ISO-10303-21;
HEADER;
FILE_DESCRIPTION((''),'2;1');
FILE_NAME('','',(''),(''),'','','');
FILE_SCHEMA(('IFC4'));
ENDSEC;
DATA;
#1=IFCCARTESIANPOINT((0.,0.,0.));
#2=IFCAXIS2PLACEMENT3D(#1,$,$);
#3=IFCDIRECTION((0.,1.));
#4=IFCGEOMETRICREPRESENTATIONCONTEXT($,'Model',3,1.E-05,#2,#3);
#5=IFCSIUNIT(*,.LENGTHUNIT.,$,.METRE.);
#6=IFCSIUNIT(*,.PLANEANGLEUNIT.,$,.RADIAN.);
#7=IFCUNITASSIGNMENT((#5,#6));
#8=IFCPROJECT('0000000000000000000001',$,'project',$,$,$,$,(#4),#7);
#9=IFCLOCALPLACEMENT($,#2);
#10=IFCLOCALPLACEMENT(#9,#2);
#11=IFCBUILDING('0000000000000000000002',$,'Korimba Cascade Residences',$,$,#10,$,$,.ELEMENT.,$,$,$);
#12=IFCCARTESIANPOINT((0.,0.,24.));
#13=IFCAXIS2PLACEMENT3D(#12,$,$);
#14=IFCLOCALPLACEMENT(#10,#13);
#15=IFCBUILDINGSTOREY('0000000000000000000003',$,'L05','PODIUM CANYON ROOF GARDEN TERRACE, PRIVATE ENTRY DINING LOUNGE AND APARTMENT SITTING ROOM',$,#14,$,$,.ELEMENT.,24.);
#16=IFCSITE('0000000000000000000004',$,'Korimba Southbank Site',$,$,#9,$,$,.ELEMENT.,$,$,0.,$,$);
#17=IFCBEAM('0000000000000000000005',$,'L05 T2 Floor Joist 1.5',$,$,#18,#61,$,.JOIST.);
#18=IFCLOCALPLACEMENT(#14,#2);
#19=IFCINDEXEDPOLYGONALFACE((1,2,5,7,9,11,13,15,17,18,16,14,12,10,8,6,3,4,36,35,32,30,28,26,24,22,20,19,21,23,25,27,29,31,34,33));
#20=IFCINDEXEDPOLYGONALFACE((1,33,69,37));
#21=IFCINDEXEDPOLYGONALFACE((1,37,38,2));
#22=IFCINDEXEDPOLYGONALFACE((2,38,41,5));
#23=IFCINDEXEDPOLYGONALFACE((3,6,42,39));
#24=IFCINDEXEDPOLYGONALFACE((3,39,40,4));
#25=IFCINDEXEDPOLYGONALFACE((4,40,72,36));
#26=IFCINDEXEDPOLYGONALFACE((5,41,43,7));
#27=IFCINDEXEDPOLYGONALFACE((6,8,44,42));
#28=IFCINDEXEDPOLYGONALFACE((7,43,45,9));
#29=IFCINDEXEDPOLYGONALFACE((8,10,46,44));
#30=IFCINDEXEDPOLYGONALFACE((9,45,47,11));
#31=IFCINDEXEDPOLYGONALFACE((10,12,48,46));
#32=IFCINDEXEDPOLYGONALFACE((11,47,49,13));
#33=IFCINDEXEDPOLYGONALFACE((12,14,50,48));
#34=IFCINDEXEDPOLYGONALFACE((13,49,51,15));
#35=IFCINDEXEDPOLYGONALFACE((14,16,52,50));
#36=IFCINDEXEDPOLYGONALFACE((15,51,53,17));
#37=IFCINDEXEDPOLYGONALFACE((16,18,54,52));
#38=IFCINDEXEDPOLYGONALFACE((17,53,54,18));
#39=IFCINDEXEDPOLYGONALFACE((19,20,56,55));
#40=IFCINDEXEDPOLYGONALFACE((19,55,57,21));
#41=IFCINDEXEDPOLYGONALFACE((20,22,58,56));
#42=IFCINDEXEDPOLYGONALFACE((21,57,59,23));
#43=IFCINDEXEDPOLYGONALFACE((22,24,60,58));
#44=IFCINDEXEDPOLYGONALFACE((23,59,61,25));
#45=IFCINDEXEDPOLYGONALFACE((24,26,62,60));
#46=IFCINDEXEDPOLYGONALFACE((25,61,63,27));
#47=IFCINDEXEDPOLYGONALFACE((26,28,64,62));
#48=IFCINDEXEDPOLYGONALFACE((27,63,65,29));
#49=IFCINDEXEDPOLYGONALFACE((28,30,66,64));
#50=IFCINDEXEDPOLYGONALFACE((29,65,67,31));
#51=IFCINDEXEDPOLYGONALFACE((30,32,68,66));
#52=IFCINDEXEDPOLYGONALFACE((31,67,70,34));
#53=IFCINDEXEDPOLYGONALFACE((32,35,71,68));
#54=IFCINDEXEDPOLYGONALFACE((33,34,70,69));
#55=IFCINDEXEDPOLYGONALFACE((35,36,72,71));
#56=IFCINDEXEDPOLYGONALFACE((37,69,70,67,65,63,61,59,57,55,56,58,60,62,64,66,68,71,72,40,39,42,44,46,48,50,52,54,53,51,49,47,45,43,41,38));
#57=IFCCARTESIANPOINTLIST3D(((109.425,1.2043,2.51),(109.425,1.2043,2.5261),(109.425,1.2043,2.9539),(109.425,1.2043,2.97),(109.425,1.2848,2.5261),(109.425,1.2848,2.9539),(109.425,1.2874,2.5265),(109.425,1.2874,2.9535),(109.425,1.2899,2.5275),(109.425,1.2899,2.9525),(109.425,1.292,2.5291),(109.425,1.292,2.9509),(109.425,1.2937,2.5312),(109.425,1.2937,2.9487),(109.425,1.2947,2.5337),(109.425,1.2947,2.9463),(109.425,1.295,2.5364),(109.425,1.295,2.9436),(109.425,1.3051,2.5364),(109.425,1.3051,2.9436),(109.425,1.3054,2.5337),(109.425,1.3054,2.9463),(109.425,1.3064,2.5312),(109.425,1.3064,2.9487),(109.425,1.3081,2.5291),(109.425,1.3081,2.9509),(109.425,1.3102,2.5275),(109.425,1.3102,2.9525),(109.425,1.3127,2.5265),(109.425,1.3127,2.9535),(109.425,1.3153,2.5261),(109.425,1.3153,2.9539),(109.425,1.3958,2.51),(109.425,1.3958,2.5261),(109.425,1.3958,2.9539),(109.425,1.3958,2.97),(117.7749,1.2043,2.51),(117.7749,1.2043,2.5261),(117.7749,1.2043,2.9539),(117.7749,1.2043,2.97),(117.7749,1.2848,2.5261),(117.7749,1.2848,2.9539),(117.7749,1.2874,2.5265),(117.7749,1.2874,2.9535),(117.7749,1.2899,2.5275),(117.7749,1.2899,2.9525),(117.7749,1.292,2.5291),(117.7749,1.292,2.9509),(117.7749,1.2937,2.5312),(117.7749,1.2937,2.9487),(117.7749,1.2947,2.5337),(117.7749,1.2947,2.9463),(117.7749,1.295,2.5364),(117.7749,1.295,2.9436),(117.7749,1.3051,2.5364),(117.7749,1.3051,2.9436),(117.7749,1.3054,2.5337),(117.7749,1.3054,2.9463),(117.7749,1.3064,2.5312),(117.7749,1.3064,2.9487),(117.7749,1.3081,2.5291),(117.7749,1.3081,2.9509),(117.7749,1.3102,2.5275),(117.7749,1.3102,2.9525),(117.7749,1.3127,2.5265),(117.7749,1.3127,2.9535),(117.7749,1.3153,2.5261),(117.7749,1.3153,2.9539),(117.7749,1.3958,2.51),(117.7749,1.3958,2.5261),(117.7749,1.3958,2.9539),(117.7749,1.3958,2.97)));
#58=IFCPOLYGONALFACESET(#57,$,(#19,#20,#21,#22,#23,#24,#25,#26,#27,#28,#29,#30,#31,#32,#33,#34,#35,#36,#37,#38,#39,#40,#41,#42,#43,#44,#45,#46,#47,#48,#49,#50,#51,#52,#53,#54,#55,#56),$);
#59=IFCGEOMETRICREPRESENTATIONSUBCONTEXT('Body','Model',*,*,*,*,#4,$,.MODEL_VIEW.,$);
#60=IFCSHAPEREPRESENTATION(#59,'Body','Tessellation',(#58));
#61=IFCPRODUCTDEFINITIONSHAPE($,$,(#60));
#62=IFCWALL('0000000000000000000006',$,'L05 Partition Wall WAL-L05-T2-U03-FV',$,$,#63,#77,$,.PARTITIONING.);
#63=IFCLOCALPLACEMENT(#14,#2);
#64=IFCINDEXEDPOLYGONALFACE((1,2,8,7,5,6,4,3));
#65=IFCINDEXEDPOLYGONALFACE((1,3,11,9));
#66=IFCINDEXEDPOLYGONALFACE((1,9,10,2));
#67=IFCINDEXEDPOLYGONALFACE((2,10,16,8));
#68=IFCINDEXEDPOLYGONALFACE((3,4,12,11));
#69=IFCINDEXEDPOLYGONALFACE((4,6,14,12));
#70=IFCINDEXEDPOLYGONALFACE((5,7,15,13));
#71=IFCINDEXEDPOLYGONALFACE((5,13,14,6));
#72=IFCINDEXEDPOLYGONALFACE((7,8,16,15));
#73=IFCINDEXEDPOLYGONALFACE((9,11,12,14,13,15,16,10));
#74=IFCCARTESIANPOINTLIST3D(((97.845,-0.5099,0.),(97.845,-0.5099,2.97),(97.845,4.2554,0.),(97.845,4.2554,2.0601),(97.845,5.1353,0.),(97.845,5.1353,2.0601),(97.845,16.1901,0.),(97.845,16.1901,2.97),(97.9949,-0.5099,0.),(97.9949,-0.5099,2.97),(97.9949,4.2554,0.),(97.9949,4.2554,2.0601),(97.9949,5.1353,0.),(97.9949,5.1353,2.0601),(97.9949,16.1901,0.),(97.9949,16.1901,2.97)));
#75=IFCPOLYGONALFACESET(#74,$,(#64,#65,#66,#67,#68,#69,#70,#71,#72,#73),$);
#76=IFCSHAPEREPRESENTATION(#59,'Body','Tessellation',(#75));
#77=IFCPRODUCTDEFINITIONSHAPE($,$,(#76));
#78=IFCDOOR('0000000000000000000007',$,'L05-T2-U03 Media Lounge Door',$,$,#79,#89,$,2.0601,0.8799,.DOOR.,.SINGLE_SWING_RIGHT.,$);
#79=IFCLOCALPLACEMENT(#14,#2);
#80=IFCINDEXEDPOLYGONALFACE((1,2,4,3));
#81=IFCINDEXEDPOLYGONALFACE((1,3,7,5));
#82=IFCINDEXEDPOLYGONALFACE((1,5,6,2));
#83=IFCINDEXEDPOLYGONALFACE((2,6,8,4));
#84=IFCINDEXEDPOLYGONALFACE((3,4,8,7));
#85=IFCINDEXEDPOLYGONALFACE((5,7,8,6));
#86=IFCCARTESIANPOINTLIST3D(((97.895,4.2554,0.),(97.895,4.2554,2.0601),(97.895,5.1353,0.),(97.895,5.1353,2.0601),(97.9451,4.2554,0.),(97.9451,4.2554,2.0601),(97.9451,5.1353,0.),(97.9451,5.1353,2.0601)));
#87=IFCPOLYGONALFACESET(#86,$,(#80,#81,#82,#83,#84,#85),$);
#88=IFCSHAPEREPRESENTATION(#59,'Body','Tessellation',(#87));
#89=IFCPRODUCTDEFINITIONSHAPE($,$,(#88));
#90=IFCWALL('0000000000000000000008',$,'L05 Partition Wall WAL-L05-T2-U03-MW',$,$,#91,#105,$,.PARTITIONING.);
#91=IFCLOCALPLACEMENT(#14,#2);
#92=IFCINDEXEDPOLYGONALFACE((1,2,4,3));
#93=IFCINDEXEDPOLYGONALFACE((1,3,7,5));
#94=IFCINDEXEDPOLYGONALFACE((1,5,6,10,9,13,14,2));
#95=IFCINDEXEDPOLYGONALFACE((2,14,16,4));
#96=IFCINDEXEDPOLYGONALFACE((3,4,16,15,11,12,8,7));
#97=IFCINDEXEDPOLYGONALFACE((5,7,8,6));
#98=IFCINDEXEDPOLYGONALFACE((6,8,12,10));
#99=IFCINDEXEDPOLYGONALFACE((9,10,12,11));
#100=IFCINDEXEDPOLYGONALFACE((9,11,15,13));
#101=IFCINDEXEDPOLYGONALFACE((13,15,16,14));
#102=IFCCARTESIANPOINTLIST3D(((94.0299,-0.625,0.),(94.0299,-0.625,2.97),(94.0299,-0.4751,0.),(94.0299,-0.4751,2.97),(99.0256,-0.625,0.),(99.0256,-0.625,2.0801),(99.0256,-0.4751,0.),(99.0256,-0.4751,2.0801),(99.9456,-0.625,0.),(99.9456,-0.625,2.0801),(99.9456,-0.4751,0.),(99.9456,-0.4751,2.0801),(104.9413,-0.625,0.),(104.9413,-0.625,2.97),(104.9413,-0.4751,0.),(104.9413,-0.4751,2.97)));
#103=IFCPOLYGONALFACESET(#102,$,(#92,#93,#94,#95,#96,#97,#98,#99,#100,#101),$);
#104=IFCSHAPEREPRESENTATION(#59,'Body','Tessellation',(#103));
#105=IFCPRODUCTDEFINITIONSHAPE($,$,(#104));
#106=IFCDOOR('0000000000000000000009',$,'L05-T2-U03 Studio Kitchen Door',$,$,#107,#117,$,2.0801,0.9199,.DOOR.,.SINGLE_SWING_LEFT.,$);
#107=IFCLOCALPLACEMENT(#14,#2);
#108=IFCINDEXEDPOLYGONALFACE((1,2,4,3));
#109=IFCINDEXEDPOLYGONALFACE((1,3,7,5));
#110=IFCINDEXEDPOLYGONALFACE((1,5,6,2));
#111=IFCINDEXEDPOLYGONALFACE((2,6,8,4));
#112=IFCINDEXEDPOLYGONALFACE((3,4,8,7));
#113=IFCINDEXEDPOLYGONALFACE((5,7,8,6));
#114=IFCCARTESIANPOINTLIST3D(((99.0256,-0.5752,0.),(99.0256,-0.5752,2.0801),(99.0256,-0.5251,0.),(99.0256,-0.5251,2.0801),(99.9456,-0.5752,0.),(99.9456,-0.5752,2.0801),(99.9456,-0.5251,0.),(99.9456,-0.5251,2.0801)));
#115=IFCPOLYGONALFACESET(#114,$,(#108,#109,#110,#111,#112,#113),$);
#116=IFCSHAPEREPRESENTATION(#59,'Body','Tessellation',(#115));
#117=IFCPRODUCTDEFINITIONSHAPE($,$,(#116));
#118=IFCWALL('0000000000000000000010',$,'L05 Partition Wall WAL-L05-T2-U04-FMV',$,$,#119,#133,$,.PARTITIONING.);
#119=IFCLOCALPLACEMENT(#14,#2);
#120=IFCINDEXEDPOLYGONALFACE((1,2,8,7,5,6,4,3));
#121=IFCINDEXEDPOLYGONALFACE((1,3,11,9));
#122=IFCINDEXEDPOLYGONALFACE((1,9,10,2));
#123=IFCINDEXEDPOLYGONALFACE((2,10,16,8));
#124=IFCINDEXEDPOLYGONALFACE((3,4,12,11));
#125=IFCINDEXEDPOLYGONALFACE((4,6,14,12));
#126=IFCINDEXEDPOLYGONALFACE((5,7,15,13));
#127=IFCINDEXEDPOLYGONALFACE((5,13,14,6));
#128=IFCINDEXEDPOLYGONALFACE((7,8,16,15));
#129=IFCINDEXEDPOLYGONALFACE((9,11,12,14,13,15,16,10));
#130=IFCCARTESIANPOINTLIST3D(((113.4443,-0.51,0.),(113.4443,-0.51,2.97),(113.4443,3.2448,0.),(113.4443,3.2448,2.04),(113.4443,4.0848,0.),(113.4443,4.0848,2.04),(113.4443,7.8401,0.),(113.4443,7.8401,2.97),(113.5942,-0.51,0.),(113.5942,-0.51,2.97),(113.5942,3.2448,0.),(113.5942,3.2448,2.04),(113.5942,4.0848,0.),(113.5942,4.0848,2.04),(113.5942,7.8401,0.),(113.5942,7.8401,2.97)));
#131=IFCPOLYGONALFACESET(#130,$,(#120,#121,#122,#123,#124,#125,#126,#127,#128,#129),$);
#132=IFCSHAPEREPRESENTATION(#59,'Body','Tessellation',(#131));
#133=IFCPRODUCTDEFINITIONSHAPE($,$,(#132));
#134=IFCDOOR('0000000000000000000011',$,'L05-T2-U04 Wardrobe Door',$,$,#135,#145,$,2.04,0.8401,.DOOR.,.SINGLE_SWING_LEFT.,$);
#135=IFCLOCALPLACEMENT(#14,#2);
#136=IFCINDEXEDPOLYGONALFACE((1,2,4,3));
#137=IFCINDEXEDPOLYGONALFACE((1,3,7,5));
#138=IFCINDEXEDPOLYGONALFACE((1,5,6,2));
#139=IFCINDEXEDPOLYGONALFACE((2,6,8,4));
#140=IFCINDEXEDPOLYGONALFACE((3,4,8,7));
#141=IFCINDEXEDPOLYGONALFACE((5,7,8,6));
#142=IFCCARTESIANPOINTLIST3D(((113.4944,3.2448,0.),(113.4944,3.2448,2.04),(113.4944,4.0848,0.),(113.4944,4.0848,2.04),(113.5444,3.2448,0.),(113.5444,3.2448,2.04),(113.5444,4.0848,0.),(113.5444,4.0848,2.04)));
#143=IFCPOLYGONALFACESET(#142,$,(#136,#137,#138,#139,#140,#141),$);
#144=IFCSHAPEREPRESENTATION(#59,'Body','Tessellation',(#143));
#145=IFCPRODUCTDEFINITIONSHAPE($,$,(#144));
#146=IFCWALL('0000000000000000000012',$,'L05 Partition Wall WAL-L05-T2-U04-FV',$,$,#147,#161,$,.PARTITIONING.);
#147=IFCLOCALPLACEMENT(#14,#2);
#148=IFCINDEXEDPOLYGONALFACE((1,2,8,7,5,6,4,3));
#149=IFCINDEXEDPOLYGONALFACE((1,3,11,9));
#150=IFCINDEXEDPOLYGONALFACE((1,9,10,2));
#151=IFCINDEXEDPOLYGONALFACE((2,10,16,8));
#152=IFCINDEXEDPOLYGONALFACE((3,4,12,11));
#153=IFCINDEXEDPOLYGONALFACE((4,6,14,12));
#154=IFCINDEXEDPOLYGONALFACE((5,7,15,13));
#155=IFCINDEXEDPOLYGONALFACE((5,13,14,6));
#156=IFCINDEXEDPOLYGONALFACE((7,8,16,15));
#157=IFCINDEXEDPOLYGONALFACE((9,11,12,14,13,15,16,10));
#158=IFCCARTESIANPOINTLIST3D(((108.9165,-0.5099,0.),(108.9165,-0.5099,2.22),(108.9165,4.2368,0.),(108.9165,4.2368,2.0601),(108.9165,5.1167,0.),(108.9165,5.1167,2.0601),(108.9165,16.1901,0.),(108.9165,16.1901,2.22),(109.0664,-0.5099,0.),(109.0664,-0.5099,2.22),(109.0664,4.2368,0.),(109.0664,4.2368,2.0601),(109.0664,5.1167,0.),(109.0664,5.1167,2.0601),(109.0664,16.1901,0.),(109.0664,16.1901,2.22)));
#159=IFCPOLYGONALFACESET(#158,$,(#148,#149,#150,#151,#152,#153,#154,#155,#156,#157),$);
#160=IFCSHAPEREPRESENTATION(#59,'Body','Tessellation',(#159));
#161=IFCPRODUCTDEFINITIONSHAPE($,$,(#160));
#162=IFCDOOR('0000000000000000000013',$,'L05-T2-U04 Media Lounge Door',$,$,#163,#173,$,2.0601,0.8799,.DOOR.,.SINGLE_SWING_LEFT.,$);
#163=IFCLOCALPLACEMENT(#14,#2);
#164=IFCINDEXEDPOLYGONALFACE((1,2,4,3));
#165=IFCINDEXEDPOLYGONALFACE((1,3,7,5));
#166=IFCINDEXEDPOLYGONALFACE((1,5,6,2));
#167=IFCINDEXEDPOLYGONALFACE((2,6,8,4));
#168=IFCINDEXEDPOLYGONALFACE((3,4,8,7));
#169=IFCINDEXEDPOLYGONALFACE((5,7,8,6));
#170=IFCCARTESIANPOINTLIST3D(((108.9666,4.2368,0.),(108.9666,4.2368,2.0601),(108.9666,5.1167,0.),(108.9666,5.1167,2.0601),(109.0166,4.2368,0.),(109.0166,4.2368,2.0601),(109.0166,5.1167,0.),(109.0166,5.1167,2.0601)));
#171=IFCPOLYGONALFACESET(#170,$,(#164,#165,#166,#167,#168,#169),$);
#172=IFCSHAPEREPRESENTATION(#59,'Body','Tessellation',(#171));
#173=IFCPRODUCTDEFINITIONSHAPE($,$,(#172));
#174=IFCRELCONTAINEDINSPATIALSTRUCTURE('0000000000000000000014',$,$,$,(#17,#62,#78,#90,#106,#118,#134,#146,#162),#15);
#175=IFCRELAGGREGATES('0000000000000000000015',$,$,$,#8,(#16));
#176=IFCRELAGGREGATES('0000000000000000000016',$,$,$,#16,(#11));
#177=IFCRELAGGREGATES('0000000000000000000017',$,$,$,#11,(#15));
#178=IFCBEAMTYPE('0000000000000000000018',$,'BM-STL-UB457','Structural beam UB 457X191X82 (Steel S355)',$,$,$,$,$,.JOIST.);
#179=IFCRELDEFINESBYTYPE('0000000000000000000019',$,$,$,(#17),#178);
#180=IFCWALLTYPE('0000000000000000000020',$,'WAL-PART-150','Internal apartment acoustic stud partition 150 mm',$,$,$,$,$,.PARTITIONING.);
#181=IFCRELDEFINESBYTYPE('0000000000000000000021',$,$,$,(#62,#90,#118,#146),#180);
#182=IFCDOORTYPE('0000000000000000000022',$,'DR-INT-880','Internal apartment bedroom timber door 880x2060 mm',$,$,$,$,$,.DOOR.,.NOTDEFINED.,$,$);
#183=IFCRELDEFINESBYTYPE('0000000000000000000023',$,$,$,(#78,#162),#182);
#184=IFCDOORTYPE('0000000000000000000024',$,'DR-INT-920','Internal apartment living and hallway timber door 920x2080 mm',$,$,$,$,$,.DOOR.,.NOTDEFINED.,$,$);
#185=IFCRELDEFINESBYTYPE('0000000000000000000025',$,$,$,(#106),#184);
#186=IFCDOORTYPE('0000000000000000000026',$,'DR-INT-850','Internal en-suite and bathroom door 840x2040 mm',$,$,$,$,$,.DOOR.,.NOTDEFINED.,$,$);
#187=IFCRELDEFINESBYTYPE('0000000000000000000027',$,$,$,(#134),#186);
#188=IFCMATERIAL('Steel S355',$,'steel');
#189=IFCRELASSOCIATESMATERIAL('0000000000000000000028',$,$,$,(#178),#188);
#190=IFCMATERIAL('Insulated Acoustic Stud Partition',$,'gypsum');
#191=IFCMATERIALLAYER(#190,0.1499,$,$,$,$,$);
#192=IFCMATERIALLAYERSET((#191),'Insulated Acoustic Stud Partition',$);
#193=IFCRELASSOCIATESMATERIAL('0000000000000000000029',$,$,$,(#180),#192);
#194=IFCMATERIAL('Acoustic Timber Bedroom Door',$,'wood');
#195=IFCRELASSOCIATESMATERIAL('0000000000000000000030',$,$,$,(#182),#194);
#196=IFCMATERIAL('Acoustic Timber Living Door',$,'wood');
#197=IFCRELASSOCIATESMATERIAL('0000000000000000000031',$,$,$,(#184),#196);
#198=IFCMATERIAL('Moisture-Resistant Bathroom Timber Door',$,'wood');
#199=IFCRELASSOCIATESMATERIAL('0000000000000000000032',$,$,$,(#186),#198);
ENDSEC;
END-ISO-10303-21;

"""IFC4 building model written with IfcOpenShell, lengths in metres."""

from ifc_helpers import new_model, si_unit, direction, frame, frame_2d, origin, origin_2d, place, context, subcontext, project, spatial, rectangle, i_section, extrude, material, layer, layer_set, material_profile, profile_set, type_object, element, fill, save


model = new_model("IFC4")

# Units and contexts
model_context = context("Model", 3, precision=1e-05, world=origin(), true_north=direction((0.0, 1.0)))
body_context = subcontext(model_context, "Body", "Model", "MODEL_VIEW")
ifc_project = project(units=[si_unit("LENGTHUNIT", "METRE"), si_unit("PLANEANGLEUNIT", "RADIAN")], contexts=[model_context])

# Site, building, storey
site_placement = place(None, origin())
site = spatial("IfcSite", under=ifc_project, at=site_placement, Name="Korimba Southbank Site", CompositionType="ELEMENT", RefElevation=0.0)
building_placement = place(site_placement, origin())
building = spatial("IfcBuilding", under=site, at=building_placement, Name="Korimba Cascade Residences", CompositionType="ELEMENT")
storey_placement = place(building_placement, frame((0.0, 0.0, 24.0)))
storey = spatial("IfcBuildingStorey", under=building, at=storey_placement, Name="L05", Description="PODIUM CANYON ROOF GARDEN TERRACE, PRIVATE ENTRY DINING LOUNGE AND APARTMENT SITTING ROOM", CompositionType="ELEMENT", Elevation=24.0)

# Beam
ifc_material_1 = material(Name="Steel S355", Category="steel")
ifc_material_profile_1 = material_profile(ifc_material_1, i_section(OverallWidth=0.1914, OverallDepth=0.46, WebThickness=0.01, FlangeThickness=0.0161, FilletRadius=0.0103, at=origin_2d()), Name="Steel S355")
ifc_profile_set_1 = profile_set([ifc_material_profile_1], Name="Steel S355")
beam_type_1 = type_object("IfcBeamType", Name="BM-STL-UB457", Description="Structural beam UB 457X191X82 (Steel S355)", PredefinedType="JOIST", material=ifc_profile_set_1)
for number, where, z_axis, x_axis, name in (
    (1, (109.425, 1.3, 2.74), (1.0, 0.0, 0.0), (0.0, 1.0, 0.0), "L05 T2 Floor Joist 1.5"),
):
    element("IfcBeam", number, at=place(storey_placement, frame(where, z_axis=z_axis, x_axis=x_axis)), inside=storey, type_object=beam_type_1, Name=name, PredefinedType="JOIST", context=body_context, shape_type="SweptSolid", body=[
        extrude(i_section(OverallWidth=0.1914, OverallDepth=0.46, WebThickness=0.01, FlangeThickness=0.0161, FilletRadius=0.0103, at=origin_2d()), origin(), (0.0, 0.0, 1.0), 8.3499),
    ])

# Walls, openings, doors
ifc_material_2 = material(Name="Insulated Acoustic Stud Partition", Category="gypsum")
ifc_layer = layer(ifc_material_2, 0.1499)
ifc_layer_set = layer_set([ifc_layer], Name="Insulated Acoustic Stud Partition")
wall_type = type_object("IfcWallType", Name="WAL-PART-150", Description="Internal apartment acoustic stud partition 150 mm", PredefinedType="PARTITIONING", material=ifc_layer_set)
wall_1_placement = place(storey_placement, frame((97.9199, -0.51, 0.0), z_axis=(0.0, 0.0, 1.0), x_axis=(0.0, 1.0, 0.0)))
wall_1 = element("IfcWall", 2, at=wall_1_placement, inside=storey, type_object=wall_type, Name="L05 Partition Wall WAL-L05-T2-U03-FV", PredefinedType="PARTITIONING", context=body_context, shape_type="SweptSolid", body=[
    extrude(rectangle(XDim=16.7, YDim=0.1499, at=frame_2d((8.3501, 0.0))), origin(), (0.0, 0.0, 1.0), 2.97),
])
opening_1_placement = place(wall_1_placement, frame((4.7654, 0.0, 0.0)))
opening_1 = element("IfcOpeningElement", 3, at=opening_1_placement, cuts=wall_1, PredefinedType="OPENING", context=body_context, shape_type="SweptSolid", body=[
    extrude(rectangle(XDim=0.8799, YDim=2.0601, at=frame_2d((0.4399, 1.03))), frame((0.0, 0.085, 0.0), z_axis=(0.0, -1.0, 0.0), x_axis=(1.0, 0.0, 0.0)), (0.0, 0.0, 1.0), 0.1699),
])
ifc_material_3 = material(Name="Acoustic Timber Bedroom Door", Category="wood")
door_type_1 = type_object("IfcDoorType", Name="DR-INT-880", Description="Internal apartment bedroom timber door 880x2060 mm", OperationType="NOTDEFINED", PredefinedType="DOOR", material=ifc_material_3)
door_1_placement = place(opening_1_placement, origin())
door_1 = element("IfcDoor", 4, at=door_1_placement, inside=storey, type_object=door_type_1, Name="L05-T2-U03 Media Lounge Door", OperationType="SINGLE_SWING_RIGHT", OverallHeight=2.0601, OverallWidth=0.8799, PredefinedType="DOOR", context=body_context, shape_type="SweptSolid", body=[
    extrude(rectangle(XDim=0.8799, YDim=2.0601, at=frame_2d((0.4399, 1.03))), frame((0.0, 0.0249, 0.0), z_axis=(0.0, -1.0, 0.0), x_axis=(1.0, 0.0, 0.0)), (0.0, 0.0, 1.0), 0.05),
])
fill(opening_1, door_1)
wall_2_placement = place(storey_placement, frame((94.03, -0.55, 0.0), z_axis=(0.0, 0.0, 1.0), x_axis=(1.0, 0.0, 0.0)))
wall_2 = element("IfcWall", 5, at=wall_2_placement, inside=storey, type_object=wall_type, Name="L05 Partition Wall WAL-L05-T2-U03-MW", PredefinedType="PARTITIONING", context=body_context, shape_type="SweptSolid", body=[
    extrude(rectangle(XDim=10.9114, YDim=0.1499, at=frame_2d((5.4556, 0.0))), origin(), (0.0, 0.0, 1.0), 2.97),
])
opening_2_placement = place(wall_2_placement, frame((4.9956, 0.0, 0.0)))
opening_2 = element("IfcOpeningElement", 6, at=opening_2_placement, cuts=wall_2, PredefinedType="OPENING", context=body_context, shape_type="SweptSolid", body=[
    extrude(rectangle(XDim=0.9199, YDim=2.0801, at=frame_2d((0.46, 1.04))), frame((0.0, 0.085, 0.0), z_axis=(0.0, -1.0, 0.0), x_axis=(1.0, 0.0, 0.0)), (0.0, 0.0, 1.0), 0.1699),
])
ifc_material_4 = material(Name="Acoustic Timber Living Door", Category="wood")
door_type_2 = type_object("IfcDoorType", Name="DR-INT-920", Description="Internal apartment living and hallway timber door 920x2080 mm", OperationType="NOTDEFINED", PredefinedType="DOOR", material=ifc_material_4)
door_2_placement = place(opening_2_placement, origin())
door_2 = element("IfcDoor", 7, at=door_2_placement, inside=storey, type_object=door_type_2, Name="L05-T2-U03 Studio Kitchen Door", OperationType="SINGLE_SWING_LEFT", OverallHeight=2.0801, OverallWidth=0.9199, PredefinedType="DOOR", context=body_context, shape_type="SweptSolid", body=[
    extrude(rectangle(XDim=0.9199, YDim=2.0801, at=frame_2d((0.46, 1.04))), frame((0.0, 0.0249, 0.0), z_axis=(0.0, -1.0, 0.0), x_axis=(1.0, 0.0, 0.0)), (0.0, 0.0, 1.0), 0.05),
])
fill(opening_2, door_2)
wall_3_placement = place(storey_placement, frame((113.5193, -0.51, 0.0), z_axis=(0.0, 0.0, 1.0), x_axis=(0.0, 1.0, 0.0)))
wall_3 = element("IfcWall", 8, at=wall_3_placement, inside=storey, type_object=wall_type, Name="L05 Partition Wall WAL-L05-T2-U04-FMV", PredefinedType="PARTITIONING", context=body_context, shape_type="SweptSolid", body=[
    extrude(rectangle(XDim=8.3501, YDim=0.1499, at=frame_2d((4.175, 0.0))), origin(), (0.0, 0.0, 1.0), 2.97),
])
opening_3_placement = place(wall_3_placement, frame((3.7549, 0.0, 0.0)))
opening_3 = element("IfcOpeningElement", 9, at=opening_3_placement, cuts=wall_3, PredefinedType="OPENING", context=body_context, shape_type="SweptSolid", body=[
    extrude(rectangle(XDim=0.8401, YDim=2.04, at=frame_2d((0.4199, 1.02))), frame((0.0, 0.085, 0.0), z_axis=(0.0, -1.0, 0.0), x_axis=(1.0, 0.0, 0.0)), (0.0, 0.0, 1.0), 0.1699),
])
ifc_material_5 = material(Name="Moisture-Resistant Bathroom Timber Door", Category="wood")
door_type_3 = type_object("IfcDoorType", Name="DR-INT-850", Description="Internal en-suite and bathroom door 840x2040 mm", OperationType="NOTDEFINED", PredefinedType="DOOR", material=ifc_material_5)
door_3_placement = place(opening_3_placement, origin())
door_3 = element("IfcDoor", 10, at=door_3_placement, inside=storey, type_object=door_type_3, Name="L05-T2-U04 Wardrobe Door", OperationType="SINGLE_SWING_LEFT", OverallHeight=2.04, OverallWidth=0.8401, PredefinedType="DOOR", context=body_context, shape_type="SweptSolid", body=[
    extrude(rectangle(XDim=0.8401, YDim=2.04, at=frame_2d((0.4199, 1.02))), frame((0.0, 0.0249, 0.0), z_axis=(0.0, -1.0, 0.0), x_axis=(1.0, 0.0, 0.0)), (0.0, 0.0, 1.0), 0.05),
])
fill(opening_3, door_3)
wall_4_placement = place(storey_placement, frame((108.9915, -0.51, 0.0), z_axis=(0.0, 0.0, 1.0), x_axis=(0.0, 1.0, 0.0)))
wall_4 = element("IfcWall", 11, at=wall_4_placement, inside=storey, type_object=wall_type, Name="L05 Partition Wall WAL-L05-T2-U04-FV", PredefinedType="PARTITIONING", context=body_context, shape_type="SweptSolid", body=[
    extrude(rectangle(XDim=16.7, YDim=0.1499, at=frame_2d((8.3501, 0.0))), origin(), (0.0, 0.0, 1.0), 2.22),
])
opening_4_placement = place(wall_4_placement, frame((4.7468, 0.0, 0.0)))
opening_4 = element("IfcOpeningElement", 12, at=opening_4_placement, cuts=wall_4, PredefinedType="OPENING", context=body_context, shape_type="SweptSolid", body=[
    extrude(rectangle(XDim=0.8799, YDim=2.0601, at=frame_2d((0.4399, 1.03))), frame((0.0, 0.085, 0.0), z_axis=(0.0, -1.0, 0.0), x_axis=(1.0, 0.0, 0.0)), (0.0, 0.0, 1.0), 0.1699),
])
door_4_placement = place(opening_4_placement, origin())
door_4 = element("IfcDoor", 13, at=door_4_placement, inside=storey, type_object=door_type_1, Name="L05-T2-U04 Media Lounge Door", OperationType="SINGLE_SWING_LEFT", OverallHeight=2.0601, OverallWidth=0.8799, PredefinedType="DOOR", context=body_context, shape_type="SweptSolid", body=[
    extrude(rectangle(XDim=0.8799, YDim=2.0601, at=frame_2d((0.4399, 1.03))), frame((0.0, 0.0249, 0.0), z_axis=(0.0, -1.0, 0.0), x_axis=(1.0, 0.0, 0.0)), (0.0, 0.0, 1.0), 0.05),
])
fill(opening_4, door_4)

save(model, "model.ifc")
